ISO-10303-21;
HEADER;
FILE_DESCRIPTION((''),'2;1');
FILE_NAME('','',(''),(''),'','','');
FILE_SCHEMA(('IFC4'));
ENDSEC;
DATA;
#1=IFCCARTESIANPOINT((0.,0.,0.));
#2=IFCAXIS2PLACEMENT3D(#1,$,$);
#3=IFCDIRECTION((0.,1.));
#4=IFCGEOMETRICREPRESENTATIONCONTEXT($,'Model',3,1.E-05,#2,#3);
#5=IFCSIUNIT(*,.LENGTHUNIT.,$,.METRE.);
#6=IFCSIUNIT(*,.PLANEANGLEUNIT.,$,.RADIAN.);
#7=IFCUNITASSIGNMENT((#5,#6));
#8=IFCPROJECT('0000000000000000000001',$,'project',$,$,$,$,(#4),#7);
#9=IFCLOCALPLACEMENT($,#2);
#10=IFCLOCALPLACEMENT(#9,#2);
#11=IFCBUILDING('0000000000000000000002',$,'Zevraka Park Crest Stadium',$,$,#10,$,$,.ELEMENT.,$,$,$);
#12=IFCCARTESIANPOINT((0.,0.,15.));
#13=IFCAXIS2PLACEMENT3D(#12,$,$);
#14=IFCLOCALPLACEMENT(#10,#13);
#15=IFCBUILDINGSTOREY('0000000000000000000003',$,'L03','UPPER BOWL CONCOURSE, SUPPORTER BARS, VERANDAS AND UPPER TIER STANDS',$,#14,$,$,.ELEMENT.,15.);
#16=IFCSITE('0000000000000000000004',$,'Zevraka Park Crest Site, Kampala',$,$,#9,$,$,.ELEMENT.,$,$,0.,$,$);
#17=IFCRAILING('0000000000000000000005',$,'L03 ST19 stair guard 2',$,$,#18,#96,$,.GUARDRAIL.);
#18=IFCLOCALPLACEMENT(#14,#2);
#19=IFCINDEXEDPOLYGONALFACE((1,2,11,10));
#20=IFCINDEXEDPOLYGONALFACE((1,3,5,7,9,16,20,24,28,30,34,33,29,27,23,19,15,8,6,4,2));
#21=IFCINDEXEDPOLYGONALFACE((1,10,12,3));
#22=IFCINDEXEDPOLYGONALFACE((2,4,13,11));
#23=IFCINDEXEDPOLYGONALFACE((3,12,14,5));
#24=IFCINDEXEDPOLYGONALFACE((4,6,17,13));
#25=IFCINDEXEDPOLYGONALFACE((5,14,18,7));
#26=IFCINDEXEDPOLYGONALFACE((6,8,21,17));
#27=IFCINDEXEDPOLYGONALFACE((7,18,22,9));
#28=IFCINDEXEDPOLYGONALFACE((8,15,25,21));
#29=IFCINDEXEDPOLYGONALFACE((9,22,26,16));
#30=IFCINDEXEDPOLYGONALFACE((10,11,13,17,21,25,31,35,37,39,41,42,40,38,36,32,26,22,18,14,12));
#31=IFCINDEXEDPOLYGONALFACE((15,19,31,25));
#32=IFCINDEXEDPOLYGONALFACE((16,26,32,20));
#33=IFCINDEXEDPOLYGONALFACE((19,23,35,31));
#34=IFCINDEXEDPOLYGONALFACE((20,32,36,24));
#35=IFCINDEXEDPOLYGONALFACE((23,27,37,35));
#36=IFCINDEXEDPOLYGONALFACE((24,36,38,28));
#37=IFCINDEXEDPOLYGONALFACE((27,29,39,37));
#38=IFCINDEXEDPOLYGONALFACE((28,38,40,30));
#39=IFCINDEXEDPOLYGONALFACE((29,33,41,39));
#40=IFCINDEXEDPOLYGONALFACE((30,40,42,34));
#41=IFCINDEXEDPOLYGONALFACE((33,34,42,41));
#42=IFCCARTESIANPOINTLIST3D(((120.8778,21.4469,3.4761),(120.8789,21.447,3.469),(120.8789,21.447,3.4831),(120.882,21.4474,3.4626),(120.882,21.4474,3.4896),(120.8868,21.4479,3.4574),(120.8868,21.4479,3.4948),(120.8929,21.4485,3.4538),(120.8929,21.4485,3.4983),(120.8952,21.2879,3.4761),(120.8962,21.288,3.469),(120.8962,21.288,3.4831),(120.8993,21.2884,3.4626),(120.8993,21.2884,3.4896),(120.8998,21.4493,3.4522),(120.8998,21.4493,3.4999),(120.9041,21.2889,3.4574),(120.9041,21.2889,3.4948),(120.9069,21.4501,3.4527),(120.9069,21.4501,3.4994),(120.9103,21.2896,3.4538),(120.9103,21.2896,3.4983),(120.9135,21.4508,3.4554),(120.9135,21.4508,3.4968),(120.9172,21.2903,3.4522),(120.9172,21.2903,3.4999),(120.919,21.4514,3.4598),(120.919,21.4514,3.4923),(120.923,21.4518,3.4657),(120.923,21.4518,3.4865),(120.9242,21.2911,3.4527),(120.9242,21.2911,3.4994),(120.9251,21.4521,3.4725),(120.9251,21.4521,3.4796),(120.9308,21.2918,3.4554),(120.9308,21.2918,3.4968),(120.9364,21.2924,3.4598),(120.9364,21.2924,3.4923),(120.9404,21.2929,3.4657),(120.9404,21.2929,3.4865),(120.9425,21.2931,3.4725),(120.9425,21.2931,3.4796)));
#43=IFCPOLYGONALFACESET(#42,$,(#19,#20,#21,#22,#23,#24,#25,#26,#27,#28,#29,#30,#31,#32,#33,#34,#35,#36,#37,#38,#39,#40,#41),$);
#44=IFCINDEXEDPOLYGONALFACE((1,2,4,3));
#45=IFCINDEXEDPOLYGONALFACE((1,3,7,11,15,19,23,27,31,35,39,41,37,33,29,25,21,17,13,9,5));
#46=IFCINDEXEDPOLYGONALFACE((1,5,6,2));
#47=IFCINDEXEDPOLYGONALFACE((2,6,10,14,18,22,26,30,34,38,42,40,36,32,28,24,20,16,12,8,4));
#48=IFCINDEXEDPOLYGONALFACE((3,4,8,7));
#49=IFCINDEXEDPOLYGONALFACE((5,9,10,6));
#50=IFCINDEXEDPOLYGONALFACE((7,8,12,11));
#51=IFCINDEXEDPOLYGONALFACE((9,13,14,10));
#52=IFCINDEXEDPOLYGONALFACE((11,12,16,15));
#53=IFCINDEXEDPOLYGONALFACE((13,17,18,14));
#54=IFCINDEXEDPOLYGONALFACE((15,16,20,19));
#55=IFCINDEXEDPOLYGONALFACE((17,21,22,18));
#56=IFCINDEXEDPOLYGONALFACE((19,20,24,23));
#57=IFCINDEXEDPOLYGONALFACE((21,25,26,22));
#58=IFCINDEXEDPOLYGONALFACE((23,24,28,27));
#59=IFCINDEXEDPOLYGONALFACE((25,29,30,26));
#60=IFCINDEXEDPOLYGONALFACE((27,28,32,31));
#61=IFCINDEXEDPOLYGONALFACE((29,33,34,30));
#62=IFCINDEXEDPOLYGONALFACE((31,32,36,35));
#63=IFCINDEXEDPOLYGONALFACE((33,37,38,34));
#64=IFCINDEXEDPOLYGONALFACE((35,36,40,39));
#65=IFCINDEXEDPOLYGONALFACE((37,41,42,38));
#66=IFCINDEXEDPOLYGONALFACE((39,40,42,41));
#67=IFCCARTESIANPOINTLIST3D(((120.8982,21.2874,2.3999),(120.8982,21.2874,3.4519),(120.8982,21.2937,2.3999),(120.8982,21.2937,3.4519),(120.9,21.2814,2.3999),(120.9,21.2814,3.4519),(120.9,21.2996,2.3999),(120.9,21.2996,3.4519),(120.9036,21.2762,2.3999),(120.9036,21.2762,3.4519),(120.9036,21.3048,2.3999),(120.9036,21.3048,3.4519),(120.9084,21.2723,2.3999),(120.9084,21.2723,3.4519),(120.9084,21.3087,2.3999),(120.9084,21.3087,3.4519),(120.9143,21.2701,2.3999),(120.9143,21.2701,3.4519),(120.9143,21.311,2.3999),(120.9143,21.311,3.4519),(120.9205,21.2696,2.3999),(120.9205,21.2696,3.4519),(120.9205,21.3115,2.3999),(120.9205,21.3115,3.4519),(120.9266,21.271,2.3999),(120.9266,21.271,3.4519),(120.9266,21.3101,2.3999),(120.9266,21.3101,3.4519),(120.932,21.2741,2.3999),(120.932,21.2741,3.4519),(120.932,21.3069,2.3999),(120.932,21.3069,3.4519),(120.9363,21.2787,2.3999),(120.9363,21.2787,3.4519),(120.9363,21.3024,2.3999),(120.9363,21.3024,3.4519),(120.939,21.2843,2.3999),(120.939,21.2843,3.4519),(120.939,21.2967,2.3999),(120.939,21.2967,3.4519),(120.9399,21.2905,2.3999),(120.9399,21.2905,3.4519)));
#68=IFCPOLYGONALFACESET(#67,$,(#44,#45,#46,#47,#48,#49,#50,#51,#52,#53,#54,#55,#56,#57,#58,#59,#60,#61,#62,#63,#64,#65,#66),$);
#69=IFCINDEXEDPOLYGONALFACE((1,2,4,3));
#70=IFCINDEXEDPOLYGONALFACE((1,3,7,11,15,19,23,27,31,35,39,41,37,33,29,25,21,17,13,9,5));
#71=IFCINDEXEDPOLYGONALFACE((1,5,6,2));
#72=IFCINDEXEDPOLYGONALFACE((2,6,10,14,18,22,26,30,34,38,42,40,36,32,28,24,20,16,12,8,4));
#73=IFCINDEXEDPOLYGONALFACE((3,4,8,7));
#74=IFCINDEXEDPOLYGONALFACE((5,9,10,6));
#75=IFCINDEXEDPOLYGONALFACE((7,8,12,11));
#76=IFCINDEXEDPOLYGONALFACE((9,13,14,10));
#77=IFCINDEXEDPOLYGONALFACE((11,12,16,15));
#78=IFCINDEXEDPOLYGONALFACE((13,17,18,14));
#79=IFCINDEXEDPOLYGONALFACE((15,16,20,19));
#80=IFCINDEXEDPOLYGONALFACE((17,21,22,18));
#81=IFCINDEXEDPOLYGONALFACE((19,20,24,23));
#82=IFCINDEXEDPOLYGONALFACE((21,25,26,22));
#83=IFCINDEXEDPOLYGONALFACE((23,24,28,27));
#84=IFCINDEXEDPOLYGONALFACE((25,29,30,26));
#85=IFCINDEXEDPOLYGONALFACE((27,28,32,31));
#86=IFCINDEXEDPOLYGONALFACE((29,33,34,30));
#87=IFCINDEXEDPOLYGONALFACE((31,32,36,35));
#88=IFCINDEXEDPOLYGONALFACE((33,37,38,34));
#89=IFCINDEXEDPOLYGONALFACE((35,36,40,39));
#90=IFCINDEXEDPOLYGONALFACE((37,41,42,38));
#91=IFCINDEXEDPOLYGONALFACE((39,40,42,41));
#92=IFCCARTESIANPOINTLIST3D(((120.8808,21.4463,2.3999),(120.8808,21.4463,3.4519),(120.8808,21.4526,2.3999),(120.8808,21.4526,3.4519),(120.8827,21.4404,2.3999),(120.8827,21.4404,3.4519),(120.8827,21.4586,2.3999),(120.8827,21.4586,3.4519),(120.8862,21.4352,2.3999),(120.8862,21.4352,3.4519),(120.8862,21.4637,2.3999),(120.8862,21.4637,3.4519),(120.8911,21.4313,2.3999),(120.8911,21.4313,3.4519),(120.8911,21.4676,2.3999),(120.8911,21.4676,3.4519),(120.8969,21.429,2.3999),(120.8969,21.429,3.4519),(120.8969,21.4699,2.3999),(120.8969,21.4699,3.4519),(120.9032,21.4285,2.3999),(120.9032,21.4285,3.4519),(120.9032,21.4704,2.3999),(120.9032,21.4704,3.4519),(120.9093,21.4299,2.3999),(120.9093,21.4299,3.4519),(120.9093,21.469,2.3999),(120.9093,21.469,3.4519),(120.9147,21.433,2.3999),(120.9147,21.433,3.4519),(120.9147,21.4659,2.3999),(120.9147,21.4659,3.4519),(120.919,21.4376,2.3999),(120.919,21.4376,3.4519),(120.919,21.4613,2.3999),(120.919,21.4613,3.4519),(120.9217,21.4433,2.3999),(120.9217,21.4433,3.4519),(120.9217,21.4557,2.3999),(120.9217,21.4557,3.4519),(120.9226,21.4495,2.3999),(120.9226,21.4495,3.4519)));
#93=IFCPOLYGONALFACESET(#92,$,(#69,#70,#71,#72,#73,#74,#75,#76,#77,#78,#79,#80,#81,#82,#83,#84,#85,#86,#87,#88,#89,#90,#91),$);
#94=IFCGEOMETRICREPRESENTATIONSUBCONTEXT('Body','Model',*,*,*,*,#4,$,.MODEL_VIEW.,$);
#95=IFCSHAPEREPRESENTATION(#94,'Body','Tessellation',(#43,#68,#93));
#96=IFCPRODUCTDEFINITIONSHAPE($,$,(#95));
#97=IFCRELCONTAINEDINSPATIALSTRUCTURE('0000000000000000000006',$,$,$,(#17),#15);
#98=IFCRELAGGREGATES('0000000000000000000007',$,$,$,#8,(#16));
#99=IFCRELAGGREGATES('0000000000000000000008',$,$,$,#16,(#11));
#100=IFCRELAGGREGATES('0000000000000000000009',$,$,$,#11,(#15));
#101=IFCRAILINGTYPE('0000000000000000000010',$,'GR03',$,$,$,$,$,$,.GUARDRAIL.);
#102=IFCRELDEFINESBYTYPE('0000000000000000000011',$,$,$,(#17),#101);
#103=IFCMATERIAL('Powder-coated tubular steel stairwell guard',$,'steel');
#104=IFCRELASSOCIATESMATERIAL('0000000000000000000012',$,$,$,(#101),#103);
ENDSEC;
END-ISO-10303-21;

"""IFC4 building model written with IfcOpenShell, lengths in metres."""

from ifc_helpers import new_model, si_unit, direction, frame, origin, origin_2d, place, context, subcontext, project, spatial, circle, extrude, material, type_object, element, save


model = new_model("IFC4")

# Units and contexts
model_context = context("Model", 3, precision=1e-05, world=origin(), true_north=direction((0.0, 1.0)))
body_context = subcontext(model_context, "Body", "Model", "MODEL_VIEW")
ifc_project = project(units=[si_unit("LENGTHUNIT", "METRE"), si_unit("PLANEANGLEUNIT", "RADIAN")], contexts=[model_context])

# Site, building, storey
site_placement = place(None, origin())
site = spatial("IfcSite", under=ifc_project, at=site_placement, Name="Zevraka Park Crest Site, Kampala", CompositionType="ELEMENT", RefElevation=0.0)
building_placement = place(site_placement, origin())
building = spatial("IfcBuilding", under=site, at=building_placement, Name="Zevraka Park Crest Stadium", CompositionType="ELEMENT")
storey_placement = place(building_placement, frame((0.0, 0.0, 15.0)))
storey = spatial("IfcBuildingStorey", under=building, at=storey_placement, Name="L03", Description="UPPER BOWL CONCOURSE, SUPPORTER BARS, VERANDAS AND UPPER TIER STANDS", CompositionType="ELEMENT", Elevation=15.0)

# Railing
ifc_material_1 = material(Name="Powder-coated tubular steel stairwell guard", Category="steel")
railing_type_1 = type_object("IfcRailingType", Name="GR03", PredefinedType="GUARDRAIL", material=ifc_material_1)
railing_1_placement = place(storey_placement, frame((120.9189, 21.2905, 2.3999)))
element("IfcRailing", 1, at=railing_1_placement, inside=storey, type_object=railing_type_1, Name="L03 ST19 stair guard 2", PredefinedType="GUARDRAIL", context=body_context, shape_type="SweptSolid", body=[
    extrude(circle(Radius=0.0239, at=origin_2d()), frame((0.0, 0.0, 1.0762), z_axis=(-0.10842, 0.994105, 0.0), x_axis=(-0.994105, -0.10842, 0.0)), (0.0, 0.0, 1.0), 0.1599),
    extrude(circle(Radius=0.021, at=origin_2d()), origin(), (0.0, 0.0, 1.0), 1.052),
    extrude(circle(Radius=0.021, at=origin_2d()), frame((-0.0173, 0.1589, 0.0)), (0.0, 0.0, 1.0), 1.052),
])

save(model, "model.ifc")
